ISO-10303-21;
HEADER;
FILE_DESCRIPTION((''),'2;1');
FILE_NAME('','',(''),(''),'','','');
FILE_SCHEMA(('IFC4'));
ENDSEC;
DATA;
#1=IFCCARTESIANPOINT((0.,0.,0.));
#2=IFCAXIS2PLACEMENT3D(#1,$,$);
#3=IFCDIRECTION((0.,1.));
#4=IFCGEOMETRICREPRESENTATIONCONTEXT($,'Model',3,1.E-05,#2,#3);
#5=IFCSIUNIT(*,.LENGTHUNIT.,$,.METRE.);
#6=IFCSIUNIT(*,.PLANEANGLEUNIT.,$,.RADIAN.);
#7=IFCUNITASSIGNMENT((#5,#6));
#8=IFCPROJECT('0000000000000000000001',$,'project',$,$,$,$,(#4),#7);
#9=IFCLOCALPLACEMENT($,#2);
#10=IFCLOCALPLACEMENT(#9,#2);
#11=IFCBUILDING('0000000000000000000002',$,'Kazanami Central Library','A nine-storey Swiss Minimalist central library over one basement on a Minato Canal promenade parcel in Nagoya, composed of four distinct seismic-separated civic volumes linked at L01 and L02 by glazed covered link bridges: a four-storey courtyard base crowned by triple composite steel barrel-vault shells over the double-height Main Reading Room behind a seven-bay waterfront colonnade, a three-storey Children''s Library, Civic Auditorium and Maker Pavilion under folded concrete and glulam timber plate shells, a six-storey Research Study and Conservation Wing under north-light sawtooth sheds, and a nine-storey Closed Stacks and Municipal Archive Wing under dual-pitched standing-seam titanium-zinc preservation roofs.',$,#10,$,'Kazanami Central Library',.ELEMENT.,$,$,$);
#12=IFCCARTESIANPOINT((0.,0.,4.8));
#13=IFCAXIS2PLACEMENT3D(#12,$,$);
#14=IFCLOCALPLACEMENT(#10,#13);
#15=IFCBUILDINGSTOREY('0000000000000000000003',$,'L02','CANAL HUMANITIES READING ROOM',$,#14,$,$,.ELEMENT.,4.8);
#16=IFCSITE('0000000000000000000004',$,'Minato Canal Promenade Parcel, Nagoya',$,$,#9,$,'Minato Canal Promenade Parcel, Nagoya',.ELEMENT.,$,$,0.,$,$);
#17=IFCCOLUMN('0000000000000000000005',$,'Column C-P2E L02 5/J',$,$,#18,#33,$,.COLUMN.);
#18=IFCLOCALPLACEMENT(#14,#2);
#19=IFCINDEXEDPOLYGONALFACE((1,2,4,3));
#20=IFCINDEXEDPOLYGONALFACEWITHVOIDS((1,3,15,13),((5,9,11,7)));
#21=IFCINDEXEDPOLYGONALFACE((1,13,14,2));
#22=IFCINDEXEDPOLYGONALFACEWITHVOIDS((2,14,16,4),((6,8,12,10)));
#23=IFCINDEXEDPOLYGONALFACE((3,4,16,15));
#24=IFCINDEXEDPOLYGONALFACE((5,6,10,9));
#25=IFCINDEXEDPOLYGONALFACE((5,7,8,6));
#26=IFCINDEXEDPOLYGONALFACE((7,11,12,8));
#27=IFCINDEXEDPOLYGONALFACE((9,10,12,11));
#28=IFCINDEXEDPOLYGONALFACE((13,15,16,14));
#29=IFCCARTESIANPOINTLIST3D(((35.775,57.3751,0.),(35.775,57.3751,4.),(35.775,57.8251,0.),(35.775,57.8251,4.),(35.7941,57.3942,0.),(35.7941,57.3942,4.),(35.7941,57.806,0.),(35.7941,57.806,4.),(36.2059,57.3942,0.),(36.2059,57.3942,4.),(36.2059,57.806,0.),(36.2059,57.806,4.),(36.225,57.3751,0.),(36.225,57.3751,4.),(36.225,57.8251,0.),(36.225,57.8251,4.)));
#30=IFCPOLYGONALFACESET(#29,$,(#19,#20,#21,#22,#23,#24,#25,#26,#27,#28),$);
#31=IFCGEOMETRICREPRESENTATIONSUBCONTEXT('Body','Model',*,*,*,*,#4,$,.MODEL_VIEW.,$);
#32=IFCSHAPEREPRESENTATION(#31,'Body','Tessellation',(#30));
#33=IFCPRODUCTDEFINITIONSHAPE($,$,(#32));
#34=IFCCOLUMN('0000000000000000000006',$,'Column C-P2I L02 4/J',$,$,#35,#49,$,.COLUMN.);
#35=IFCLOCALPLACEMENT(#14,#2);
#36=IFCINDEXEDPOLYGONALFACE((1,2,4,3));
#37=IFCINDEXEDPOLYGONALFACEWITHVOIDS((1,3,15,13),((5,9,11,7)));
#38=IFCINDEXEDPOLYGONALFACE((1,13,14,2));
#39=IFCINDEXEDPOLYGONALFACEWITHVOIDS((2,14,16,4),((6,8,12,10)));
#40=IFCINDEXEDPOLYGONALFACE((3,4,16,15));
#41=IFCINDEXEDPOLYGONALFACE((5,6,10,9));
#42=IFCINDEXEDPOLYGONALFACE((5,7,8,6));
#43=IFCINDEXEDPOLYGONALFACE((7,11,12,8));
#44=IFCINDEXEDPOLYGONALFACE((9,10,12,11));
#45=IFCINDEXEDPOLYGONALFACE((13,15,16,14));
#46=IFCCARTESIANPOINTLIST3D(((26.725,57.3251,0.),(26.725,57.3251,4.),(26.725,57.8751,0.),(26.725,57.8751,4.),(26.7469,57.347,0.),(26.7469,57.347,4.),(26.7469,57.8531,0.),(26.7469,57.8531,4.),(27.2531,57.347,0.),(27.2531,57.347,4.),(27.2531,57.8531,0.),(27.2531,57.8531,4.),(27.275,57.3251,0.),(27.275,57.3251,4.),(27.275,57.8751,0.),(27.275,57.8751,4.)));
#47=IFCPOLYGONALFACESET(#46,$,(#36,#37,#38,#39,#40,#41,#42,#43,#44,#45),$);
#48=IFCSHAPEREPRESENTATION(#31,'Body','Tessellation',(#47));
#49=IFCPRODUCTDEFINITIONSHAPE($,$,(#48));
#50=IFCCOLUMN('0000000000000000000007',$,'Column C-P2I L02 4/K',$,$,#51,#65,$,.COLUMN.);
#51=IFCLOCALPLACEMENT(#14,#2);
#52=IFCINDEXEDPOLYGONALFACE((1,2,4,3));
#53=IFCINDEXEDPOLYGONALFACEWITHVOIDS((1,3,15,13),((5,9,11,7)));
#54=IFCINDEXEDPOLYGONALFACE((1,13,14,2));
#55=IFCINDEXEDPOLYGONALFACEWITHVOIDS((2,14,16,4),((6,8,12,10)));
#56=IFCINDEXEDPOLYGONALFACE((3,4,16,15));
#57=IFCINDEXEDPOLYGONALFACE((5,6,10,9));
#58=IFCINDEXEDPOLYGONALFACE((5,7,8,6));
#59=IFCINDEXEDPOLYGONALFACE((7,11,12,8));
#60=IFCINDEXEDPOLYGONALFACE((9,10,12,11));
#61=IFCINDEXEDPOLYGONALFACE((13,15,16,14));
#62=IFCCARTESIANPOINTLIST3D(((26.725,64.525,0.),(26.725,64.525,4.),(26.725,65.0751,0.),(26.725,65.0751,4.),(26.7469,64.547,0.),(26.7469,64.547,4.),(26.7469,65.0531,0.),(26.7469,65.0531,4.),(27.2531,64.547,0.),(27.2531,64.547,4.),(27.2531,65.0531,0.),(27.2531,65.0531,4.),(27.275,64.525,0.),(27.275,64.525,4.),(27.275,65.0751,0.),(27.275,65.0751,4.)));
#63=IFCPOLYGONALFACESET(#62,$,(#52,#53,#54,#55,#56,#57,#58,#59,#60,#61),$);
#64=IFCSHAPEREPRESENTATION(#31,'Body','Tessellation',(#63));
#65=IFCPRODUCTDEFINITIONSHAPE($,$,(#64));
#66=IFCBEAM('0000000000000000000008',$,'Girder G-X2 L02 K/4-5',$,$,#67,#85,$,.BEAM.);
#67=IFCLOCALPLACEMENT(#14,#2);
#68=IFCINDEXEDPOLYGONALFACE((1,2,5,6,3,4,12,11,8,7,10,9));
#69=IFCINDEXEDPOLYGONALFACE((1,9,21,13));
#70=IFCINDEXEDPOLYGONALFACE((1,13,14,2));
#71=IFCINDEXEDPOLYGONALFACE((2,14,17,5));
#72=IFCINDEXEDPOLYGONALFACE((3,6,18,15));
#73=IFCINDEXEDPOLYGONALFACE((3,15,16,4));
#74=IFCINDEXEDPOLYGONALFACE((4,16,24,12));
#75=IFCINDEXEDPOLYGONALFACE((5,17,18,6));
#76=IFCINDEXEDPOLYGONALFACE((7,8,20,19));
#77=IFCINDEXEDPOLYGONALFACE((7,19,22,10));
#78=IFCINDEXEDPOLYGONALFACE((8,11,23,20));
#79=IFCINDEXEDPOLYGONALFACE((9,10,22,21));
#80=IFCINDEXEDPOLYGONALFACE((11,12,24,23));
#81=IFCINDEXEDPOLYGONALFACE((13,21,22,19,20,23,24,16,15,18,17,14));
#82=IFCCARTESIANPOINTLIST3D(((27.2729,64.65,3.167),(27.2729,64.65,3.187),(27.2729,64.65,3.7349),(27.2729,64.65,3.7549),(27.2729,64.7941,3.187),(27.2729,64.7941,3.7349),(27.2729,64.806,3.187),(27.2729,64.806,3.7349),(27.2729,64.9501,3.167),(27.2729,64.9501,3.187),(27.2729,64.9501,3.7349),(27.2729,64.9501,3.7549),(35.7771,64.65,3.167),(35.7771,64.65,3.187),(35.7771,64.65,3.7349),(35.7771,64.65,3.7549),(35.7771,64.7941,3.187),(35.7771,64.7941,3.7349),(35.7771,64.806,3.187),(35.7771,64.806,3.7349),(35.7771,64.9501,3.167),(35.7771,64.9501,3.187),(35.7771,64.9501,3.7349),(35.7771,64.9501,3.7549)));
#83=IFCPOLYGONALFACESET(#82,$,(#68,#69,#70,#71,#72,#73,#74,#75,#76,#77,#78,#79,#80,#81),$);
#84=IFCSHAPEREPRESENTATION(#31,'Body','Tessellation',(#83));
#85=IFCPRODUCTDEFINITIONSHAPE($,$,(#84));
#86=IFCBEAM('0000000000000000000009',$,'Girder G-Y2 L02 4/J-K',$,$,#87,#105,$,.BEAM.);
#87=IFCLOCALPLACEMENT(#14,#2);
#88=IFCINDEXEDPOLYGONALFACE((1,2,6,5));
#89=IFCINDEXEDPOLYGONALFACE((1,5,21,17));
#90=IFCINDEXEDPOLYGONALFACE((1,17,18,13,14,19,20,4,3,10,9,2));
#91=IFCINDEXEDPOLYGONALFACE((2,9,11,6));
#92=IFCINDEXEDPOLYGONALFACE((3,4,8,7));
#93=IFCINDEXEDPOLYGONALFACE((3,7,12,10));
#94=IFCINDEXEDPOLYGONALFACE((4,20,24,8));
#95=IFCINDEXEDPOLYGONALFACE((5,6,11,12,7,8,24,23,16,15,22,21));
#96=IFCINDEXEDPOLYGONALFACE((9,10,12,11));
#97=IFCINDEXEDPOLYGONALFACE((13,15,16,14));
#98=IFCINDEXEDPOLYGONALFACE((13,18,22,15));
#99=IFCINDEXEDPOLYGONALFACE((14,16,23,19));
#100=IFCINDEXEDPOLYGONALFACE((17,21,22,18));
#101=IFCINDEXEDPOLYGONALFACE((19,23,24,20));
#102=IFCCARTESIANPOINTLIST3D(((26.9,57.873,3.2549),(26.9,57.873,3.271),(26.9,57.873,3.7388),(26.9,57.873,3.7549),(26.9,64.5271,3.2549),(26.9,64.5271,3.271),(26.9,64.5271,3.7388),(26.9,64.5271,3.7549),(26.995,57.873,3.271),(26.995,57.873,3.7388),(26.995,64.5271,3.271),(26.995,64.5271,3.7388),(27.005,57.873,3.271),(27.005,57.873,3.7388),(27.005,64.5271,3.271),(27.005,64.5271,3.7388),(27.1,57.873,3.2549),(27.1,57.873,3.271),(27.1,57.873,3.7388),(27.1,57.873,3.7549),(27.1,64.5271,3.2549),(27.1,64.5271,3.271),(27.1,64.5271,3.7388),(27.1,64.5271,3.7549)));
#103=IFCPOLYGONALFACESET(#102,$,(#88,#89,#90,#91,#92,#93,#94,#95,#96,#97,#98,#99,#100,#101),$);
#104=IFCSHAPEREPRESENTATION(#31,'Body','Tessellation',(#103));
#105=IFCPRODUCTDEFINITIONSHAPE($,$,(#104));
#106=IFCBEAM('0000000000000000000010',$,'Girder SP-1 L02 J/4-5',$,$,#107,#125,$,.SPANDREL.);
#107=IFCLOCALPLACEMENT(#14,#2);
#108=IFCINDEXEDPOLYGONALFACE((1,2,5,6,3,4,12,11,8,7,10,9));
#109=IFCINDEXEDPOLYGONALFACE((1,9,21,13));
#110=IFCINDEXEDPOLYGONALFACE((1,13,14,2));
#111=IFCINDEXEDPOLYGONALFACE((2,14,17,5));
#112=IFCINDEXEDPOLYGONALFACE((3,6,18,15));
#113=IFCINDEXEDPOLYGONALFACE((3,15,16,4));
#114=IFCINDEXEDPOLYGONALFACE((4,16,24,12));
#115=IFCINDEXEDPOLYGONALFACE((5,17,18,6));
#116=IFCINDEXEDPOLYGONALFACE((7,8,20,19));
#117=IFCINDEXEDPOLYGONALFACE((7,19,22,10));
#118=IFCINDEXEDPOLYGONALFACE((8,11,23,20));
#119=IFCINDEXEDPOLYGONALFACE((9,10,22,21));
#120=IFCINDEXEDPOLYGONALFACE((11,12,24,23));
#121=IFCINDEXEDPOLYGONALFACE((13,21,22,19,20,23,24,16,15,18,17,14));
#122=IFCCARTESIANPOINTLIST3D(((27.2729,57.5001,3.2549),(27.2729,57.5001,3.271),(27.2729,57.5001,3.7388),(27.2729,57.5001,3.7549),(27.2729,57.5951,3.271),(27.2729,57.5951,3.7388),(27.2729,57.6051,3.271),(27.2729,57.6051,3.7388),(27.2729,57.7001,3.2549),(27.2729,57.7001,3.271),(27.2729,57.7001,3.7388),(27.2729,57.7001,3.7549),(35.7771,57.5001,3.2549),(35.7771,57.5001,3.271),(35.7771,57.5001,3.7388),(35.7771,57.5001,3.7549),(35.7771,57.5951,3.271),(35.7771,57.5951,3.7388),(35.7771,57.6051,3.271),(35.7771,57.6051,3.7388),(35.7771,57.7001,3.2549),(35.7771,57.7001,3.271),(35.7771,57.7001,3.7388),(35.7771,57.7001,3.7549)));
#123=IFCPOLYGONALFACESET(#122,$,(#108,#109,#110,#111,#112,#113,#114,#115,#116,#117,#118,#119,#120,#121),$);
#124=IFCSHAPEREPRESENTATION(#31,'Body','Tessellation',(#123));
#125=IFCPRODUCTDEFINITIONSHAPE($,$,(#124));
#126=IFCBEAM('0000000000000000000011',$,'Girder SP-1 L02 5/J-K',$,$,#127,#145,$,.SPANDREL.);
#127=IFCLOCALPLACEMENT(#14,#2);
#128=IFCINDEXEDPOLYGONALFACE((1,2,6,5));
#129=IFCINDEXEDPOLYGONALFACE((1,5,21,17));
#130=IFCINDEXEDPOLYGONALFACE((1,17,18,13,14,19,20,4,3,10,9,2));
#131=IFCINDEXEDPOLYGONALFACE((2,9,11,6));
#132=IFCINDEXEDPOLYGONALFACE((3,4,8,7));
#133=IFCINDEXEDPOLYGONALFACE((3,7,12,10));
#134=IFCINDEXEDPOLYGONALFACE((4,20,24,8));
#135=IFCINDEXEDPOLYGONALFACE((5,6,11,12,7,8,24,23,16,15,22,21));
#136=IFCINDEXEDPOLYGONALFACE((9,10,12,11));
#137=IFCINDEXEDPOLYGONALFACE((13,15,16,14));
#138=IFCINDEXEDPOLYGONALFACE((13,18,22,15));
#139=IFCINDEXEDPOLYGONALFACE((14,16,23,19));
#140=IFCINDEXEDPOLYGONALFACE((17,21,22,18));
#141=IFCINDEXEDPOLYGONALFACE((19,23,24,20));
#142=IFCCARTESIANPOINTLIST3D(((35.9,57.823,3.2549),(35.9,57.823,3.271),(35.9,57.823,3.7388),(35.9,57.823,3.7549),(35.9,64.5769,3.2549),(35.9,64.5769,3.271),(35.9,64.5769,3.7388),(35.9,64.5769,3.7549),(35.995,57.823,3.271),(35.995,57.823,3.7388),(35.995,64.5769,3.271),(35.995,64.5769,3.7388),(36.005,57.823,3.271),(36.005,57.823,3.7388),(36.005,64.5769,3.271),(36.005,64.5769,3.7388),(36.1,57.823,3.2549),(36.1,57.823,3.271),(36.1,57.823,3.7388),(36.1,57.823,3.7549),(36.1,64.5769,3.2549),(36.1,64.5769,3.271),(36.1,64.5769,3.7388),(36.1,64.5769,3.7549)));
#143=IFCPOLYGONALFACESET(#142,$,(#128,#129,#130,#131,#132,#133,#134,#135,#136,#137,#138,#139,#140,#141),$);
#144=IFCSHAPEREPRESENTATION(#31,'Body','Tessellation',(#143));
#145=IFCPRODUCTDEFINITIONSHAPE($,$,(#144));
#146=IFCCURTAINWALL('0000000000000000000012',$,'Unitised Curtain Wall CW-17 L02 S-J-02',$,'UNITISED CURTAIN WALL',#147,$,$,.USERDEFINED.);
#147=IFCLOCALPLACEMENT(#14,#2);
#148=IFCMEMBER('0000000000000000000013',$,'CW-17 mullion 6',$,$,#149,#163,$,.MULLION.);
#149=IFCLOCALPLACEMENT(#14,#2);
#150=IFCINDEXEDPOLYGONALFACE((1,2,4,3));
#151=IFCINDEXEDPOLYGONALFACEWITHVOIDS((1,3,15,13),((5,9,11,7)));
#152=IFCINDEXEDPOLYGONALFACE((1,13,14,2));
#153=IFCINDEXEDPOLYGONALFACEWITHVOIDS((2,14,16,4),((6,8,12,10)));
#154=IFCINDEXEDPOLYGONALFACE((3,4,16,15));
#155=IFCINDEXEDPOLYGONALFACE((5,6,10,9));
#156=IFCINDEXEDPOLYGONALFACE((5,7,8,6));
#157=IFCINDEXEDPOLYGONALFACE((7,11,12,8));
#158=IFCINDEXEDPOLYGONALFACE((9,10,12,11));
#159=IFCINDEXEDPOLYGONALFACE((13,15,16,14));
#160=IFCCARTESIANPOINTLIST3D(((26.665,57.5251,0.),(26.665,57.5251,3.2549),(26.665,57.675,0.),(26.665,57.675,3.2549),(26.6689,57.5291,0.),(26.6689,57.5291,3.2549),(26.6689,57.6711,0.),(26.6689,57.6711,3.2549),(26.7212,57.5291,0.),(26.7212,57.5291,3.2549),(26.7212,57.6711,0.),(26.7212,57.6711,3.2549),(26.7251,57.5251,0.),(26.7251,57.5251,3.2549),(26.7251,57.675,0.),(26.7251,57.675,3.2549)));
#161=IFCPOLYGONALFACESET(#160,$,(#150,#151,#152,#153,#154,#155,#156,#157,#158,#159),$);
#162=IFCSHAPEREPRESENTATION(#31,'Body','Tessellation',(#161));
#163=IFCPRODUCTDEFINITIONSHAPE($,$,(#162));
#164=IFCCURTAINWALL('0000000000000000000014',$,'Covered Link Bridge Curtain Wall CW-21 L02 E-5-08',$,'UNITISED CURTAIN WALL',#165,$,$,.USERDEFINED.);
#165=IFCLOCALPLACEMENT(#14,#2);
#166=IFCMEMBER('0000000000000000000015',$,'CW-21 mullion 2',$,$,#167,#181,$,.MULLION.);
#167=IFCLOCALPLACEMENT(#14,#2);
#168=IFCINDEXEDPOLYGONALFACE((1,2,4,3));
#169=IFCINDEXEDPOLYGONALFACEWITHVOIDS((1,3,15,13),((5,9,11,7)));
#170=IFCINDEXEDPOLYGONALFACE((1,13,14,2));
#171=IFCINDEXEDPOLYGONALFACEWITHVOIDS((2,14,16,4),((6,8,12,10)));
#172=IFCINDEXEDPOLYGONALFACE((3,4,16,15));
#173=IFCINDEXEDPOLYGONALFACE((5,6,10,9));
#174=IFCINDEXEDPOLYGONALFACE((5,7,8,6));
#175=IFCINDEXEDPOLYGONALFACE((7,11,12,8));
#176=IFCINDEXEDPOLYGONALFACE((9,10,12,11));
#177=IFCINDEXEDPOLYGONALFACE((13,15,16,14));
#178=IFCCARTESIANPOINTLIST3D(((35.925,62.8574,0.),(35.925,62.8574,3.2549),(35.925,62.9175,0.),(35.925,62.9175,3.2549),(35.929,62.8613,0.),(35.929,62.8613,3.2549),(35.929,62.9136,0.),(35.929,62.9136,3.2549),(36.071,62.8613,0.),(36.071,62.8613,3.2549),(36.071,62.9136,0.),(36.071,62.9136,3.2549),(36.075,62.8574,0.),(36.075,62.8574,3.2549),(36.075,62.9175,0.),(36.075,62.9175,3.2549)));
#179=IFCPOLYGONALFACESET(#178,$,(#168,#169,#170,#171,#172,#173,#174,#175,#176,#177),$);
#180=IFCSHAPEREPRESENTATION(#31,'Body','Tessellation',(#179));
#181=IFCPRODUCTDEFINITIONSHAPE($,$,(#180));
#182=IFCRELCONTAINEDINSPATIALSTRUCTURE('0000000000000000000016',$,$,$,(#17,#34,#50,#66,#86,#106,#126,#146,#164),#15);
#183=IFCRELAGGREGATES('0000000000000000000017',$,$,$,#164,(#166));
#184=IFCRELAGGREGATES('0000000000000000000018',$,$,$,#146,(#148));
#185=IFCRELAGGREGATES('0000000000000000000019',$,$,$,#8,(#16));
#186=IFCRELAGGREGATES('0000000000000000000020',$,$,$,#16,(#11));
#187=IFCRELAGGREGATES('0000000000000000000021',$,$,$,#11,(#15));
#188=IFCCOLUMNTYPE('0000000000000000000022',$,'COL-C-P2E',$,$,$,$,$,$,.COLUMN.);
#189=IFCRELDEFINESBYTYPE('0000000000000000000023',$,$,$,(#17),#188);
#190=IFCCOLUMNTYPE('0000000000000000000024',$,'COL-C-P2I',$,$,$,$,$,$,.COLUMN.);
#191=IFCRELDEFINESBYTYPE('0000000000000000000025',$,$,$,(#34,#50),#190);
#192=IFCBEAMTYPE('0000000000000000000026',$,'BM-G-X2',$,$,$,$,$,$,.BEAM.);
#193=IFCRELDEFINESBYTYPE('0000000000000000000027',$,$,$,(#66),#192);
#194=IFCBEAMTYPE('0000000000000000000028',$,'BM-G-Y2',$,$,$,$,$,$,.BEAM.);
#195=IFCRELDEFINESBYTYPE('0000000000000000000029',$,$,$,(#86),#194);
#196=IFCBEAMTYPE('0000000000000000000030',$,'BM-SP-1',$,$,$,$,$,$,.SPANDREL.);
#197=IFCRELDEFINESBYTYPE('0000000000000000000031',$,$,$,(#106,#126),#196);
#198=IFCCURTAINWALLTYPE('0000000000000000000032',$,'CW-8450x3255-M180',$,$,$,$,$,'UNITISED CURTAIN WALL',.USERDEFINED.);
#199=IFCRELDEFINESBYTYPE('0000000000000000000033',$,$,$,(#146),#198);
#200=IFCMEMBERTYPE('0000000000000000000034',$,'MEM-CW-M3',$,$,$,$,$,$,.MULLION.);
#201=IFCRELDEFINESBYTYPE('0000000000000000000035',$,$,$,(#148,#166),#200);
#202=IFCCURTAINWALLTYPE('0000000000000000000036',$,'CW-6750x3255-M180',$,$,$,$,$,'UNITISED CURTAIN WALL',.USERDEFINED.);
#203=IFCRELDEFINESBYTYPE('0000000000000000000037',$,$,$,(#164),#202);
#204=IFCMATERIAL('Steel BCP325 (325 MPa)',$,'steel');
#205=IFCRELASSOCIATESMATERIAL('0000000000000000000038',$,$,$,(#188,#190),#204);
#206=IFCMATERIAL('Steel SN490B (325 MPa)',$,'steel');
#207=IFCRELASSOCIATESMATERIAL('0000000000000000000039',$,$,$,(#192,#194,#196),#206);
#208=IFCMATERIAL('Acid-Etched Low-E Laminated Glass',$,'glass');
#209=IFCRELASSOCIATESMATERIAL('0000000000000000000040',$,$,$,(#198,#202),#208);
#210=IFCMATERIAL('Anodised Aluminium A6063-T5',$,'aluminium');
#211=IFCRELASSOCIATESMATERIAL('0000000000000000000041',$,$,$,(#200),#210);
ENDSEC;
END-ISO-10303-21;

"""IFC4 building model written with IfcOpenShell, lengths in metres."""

from ifc_helpers import new_model, si_unit, direction, frame, origin, origin_2d, place, context, subcontext, project, spatial, hollow_rectangle, i_section, extrude, material, material_profile, profile_set, type_object, element, aggregate, save


model = new_model("IFC4")

# Units and contexts
model_context = context("Model", 3, precision=1e-05, world=origin(), true_north=direction((0.0, 1.0)))
body_context = subcontext(model_context, "Body", "Model", "MODEL_VIEW")
ifc_project = project(units=[si_unit("LENGTHUNIT", "METRE"), si_unit("PLANEANGLEUNIT", "RADIAN")], contexts=[model_context])

# Site, building, storey
site_placement = place(None, origin())
site = spatial("IfcSite", under=ifc_project, at=site_placement, Name="Minato Canal Promenade Parcel, Nagoya", LongName="Minato Canal Promenade Parcel, Nagoya", CompositionType="ELEMENT", RefElevation=0.0)
building_placement = place(site_placement, origin())
building = spatial("IfcBuilding", under=site, at=building_placement, Name="Kazanami Central Library", Description="A nine-storey Swiss Minimalist central library over one basement on a Minato Canal promenade parcel in Nagoya, composed of four distinct seismic-separated civic volumes linked at L01 and L02 by glazed covered link bridges: a four-storey courtyard base crowned by triple composite steel barrel-vault shells over the double-height Main Reading Room behind a seven-bay waterfront colonnade, a three-storey Children's Library, Civic Auditorium and Maker Pavilion under folded concrete and glulam timber plate shells, a six-storey Research Study and Conservation Wing under north-light sawtooth sheds, and a nine-storey Closed Stacks and Municipal Archive Wing under dual-pitched standing-seam titanium-zinc preservation roofs.", LongName="Kazanami Central Library", CompositionType="ELEMENT")
storey_placement = place(building_placement, frame((0.0, 0.0, 4.8)))
storey = spatial("IfcBuildingStorey", under=building, at=storey_placement, Name="L02", Description="CANAL HUMANITIES READING ROOM", CompositionType="ELEMENT", Elevation=4.8)

# Columns
ifc_material_1 = material(Name="Steel BCP325 (325 MPa)", Category="steel")
ifc_material_profile_1 = material_profile(ifc_material_1, hollow_rectangle(XDim=0.45, YDim=0.45, WallThickness=0.019, at=origin_2d()), Name="BCP-450x450x19")
ifc_profile_set_1 = profile_set([ifc_material_profile_1], Name="Steel BCP325 (325 MPa)")
column_type_1 = type_object("IfcColumnType", Name="COL-C-P2E", PredefinedType="COLUMN", material=ifc_profile_set_1)
column_placement = place(storey_placement, frame((36.0, 57.6001, 0.0), z_axis=(0.0, 0.0, 1.0), x_axis=(1.0, 0.0, 0.0)))
element("IfcColumn", 1, at=column_placement, inside=storey, type_object=column_type_1, Name="Column C-P2E L02 5/J", PredefinedType="COLUMN", context=body_context, shape_type="SweptSolid", body=[
    extrude(hollow_rectangle(XDim=0.45, YDim=0.45, WallThickness=0.019, at=origin_2d()), origin(), (0.0, 0.0, 1.0), 4.0),
])
ifc_material_profile_2 = material_profile(ifc_material_1, hollow_rectangle(XDim=0.55, YDim=0.55, WallThickness=0.022, at=origin_2d()), Name="BCP-550x550x22")
ifc_profile_set_2 = profile_set([ifc_material_profile_2], Name="Steel BCP325 (325 MPa)")
column_type_2 = type_object("IfcColumnType", Name="COL-C-P2I", PredefinedType="COLUMN", material=ifc_profile_set_2)
for number, where, z_axis, x_axis, name in (
    (2, (27.0, 57.6001, 0.0), (0.0, 0.0, 1.0), (1.0, 0.0, 0.0), "Column C-P2I L02 4/J"),
    (3, (27.0, 64.8, 0.0), (0.0, 0.0, 1.0), (1.0, 0.0, 0.0), "Column C-P2I L02 4/K"),
):
    element("IfcColumn", number, at=place(storey_placement, frame(where, z_axis=z_axis, x_axis=x_axis)), inside=storey, type_object=column_type_2, Name=name, PredefinedType="COLUMN", context=body_context, shape_type="SweptSolid", body=[
        extrude(hollow_rectangle(XDim=0.55, YDim=0.55, WallThickness=0.022, at=origin_2d()), origin(), (0.0, 0.0, 1.0), 4.0),
    ])

# Beams
ifc_material_2 = material(Name="Steel SN490B (325 MPa)", Category="steel")
ifc_material_profile_3 = material_profile(ifc_material_2, i_section(OverallWidth=0.3, OverallDepth=0.5879, WebThickness=0.012, FlangeThickness=0.02, at=origin_2d()), Name="H-588x300x12x20")
ifc_profile_set_3 = profile_set([ifc_material_profile_3], Name="Steel SN490B (325 MPa)")
beam_type_1 = type_object("IfcBeamType", Name="BM-G-X2", PredefinedType="BEAM", material=ifc_profile_set_3)
beam_1_placement = place(storey_placement, frame((27.2729, 64.8, 3.4609), z_axis=(1.0, 0.0, 0.0), x_axis=(0.0, 1.0, 0.0)))
element("IfcBeam", 4, at=beam_1_placement, inside=storey, type_object=beam_type_1, Name="Girder G-X2 L02 K/4-5", PredefinedType="BEAM", context=body_context, shape_type="SweptSolid", body=[
    extrude(i_section(OverallWidth=0.3, OverallDepth=0.5879, WebThickness=0.012, FlangeThickness=0.02, at=origin_2d()), origin(), (0.0, 0.0, 1.0), 8.5042),
])
ifc_material_profile_4 = material_profile(ifc_material_2, i_section(OverallWidth=0.2, OverallDepth=0.5, WebThickness=0.01, FlangeThickness=0.0161, at=origin_2d()), Name="H-500x200x10x16")
ifc_profile_set_4 = profile_set([ifc_material_profile_4], Name="Steel SN490B (325 MPa)")
beam_type_2 = type_object("IfcBeamType", Name="BM-G-Y2", PredefinedType="BEAM", material=ifc_profile_set_4)
beam_2_placement = place(storey_placement, frame((27.0, 57.873, 3.5049), z_axis=(0.0, 1.0, 0.0), x_axis=(-1.0, 0.0, 0.0)))
element("IfcBeam", 5, at=beam_2_placement, inside=storey, type_object=beam_type_2, Name="Girder G-Y2 L02 4/J-K", PredefinedType="BEAM", context=body_context, shape_type="SweptSolid", body=[
    extrude(i_section(OverallWidth=0.2, OverallDepth=0.5, WebThickness=0.01, FlangeThickness=0.0161, at=origin_2d()), origin(), (0.0, 0.0, 1.0), 6.6541),
])
ifc_material_profile_5 = material_profile(ifc_material_2, i_section(OverallWidth=0.2, OverallDepth=0.5, WebThickness=0.01, FlangeThickness=0.0161, at=origin_2d()), Name="H-500x200x10x16")
ifc_profile_set_5 = profile_set([ifc_material_profile_5], Name="Steel SN490B (325 MPa)")
beam_type_3 = type_object("IfcBeamType", Name="BM-SP-1", PredefinedType="SPANDREL", material=ifc_profile_set_5)
beam_3_placement = place(storey_placement, frame((27.2729, 57.6001, 3.5049), z_axis=(1.0, 0.0, 0.0), x_axis=(0.0, 1.0, 0.0)))
element("IfcBeam", 6, at=beam_3_placement, inside=storey, type_object=beam_type_3, Name="Girder SP-1 L02 J/4-5", PredefinedType="SPANDREL", context=body_context, shape_type="SweptSolid", body=[
    extrude(i_section(OverallWidth=0.2, OverallDepth=0.5, WebThickness=0.01, FlangeThickness=0.0161, at=origin_2d()), origin(), (0.0, 0.0, 1.0), 8.5042),
])
beam_4_placement = place(storey_placement, frame((36.0, 57.823, 3.5049), z_axis=(0.0, 1.0, 0.0), x_axis=(-1.0, 0.0, 0.0)))
element("IfcBeam", 7, at=beam_4_placement, inside=storey, type_object=beam_type_3, Name="Girder SP-1 L02 5/J-K", PredefinedType="SPANDREL", context=body_context, shape_type="SweptSolid", body=[
    extrude(i_section(OverallWidth=0.2, OverallDepth=0.5, WebThickness=0.01, FlangeThickness=0.0161, at=origin_2d()), origin(), (0.0, 0.0, 1.0), 6.7539),
])

# Curtain wall, member
ifc_material_3 = material(Name="Acid-Etched Low-E Laminated Glass", Category="glass")
curtain_wall_type_1 = type_object("IfcCurtainWallType", Name="CW-8450x3255-M180", ElementType="UNITISED CURTAIN WALL", PredefinedType="USERDEFINED", material=ifc_material_3)
curtain_wall_1_placement = place(storey_placement, origin())
curtain_wall_1 = element("IfcCurtainWall", 8, at=curtain_wall_1_placement, inside=storey, type_object=curtain_wall_type_1, Name="Unitised Curtain Wall CW-17 L02 S-J-02", ObjectType="UNITISED CURTAIN WALL", PredefinedType="USERDEFINED")
ifc_material_4 = material(Name="Anodised Aluminium A6063-T5", Category="aluminium")
ifc_material_profile_6 = material_profile(ifc_material_4, hollow_rectangle(XDim=0.0601, YDim=0.1499, WallThickness=0.0039, at=origin_2d()), Name="ALU-MULL-60x150x4")
ifc_profile_set_6 = profile_set([ifc_material_profile_6], Name="Anodised Aluminium A6063-T5")
member_type_1 = type_object("IfcMemberType", Name="MEM-CW-M3", PredefinedType="MULLION", material=ifc_profile_set_6)
member_1_placement = place(storey_placement, frame((26.6951, 57.6001, 0.0), z_axis=(0.0, 0.0, 1.0), x_axis=(1.0, 0.0, 0.0)))
member_1 = element("IfcMember", 9, at=member_1_placement, type_object=member_type_1, Name="CW-17 mullion 6", PredefinedType="MULLION", context=body_context, shape_type="SweptSolid", body=[
    extrude(hollow_rectangle(XDim=0.0601, YDim=0.1499, WallThickness=0.0039, at=origin_2d()), origin(), (0.0, 0.0, 1.0), 3.2549),
])

# Curtain wall, member
curtain_wall_type_2 = type_object("IfcCurtainWallType", Name="CW-6750x3255-M180", ElementType="UNITISED CURTAIN WALL", PredefinedType="USERDEFINED", material=ifc_material_3)
curtain_wall_2_placement = place(storey_placement, origin())
curtain_wall_2 = element("IfcCurtainWall", 10, at=curtain_wall_2_placement, inside=storey, type_object=curtain_wall_type_2, Name="Covered Link Bridge Curtain Wall CW-21 L02 E-5-08", ObjectType="UNITISED CURTAIN WALL", PredefinedType="USERDEFINED")
member_2_placement = place(storey_placement, frame((36.0, 62.8875, 0.0), z_axis=(0.0, 0.0, 1.0), x_axis=(0.0, -1.0, 0.0)))
member_2 = element("IfcMember", 11, at=member_2_placement, type_object=member_type_1, Name="CW-21 mullion 2", PredefinedType="MULLION", context=body_context, shape_type="SweptSolid", body=[
    extrude(hollow_rectangle(XDim=0.0601, YDim=0.1499, WallThickness=0.0039, at=origin_2d()), origin(), (0.0, 0.0, 1.0), 3.2549),
])

aggregate(curtain_wall_2, [member_2])
aggregate(curtain_wall_1, [member_1])

save(model, "model.ifc")
